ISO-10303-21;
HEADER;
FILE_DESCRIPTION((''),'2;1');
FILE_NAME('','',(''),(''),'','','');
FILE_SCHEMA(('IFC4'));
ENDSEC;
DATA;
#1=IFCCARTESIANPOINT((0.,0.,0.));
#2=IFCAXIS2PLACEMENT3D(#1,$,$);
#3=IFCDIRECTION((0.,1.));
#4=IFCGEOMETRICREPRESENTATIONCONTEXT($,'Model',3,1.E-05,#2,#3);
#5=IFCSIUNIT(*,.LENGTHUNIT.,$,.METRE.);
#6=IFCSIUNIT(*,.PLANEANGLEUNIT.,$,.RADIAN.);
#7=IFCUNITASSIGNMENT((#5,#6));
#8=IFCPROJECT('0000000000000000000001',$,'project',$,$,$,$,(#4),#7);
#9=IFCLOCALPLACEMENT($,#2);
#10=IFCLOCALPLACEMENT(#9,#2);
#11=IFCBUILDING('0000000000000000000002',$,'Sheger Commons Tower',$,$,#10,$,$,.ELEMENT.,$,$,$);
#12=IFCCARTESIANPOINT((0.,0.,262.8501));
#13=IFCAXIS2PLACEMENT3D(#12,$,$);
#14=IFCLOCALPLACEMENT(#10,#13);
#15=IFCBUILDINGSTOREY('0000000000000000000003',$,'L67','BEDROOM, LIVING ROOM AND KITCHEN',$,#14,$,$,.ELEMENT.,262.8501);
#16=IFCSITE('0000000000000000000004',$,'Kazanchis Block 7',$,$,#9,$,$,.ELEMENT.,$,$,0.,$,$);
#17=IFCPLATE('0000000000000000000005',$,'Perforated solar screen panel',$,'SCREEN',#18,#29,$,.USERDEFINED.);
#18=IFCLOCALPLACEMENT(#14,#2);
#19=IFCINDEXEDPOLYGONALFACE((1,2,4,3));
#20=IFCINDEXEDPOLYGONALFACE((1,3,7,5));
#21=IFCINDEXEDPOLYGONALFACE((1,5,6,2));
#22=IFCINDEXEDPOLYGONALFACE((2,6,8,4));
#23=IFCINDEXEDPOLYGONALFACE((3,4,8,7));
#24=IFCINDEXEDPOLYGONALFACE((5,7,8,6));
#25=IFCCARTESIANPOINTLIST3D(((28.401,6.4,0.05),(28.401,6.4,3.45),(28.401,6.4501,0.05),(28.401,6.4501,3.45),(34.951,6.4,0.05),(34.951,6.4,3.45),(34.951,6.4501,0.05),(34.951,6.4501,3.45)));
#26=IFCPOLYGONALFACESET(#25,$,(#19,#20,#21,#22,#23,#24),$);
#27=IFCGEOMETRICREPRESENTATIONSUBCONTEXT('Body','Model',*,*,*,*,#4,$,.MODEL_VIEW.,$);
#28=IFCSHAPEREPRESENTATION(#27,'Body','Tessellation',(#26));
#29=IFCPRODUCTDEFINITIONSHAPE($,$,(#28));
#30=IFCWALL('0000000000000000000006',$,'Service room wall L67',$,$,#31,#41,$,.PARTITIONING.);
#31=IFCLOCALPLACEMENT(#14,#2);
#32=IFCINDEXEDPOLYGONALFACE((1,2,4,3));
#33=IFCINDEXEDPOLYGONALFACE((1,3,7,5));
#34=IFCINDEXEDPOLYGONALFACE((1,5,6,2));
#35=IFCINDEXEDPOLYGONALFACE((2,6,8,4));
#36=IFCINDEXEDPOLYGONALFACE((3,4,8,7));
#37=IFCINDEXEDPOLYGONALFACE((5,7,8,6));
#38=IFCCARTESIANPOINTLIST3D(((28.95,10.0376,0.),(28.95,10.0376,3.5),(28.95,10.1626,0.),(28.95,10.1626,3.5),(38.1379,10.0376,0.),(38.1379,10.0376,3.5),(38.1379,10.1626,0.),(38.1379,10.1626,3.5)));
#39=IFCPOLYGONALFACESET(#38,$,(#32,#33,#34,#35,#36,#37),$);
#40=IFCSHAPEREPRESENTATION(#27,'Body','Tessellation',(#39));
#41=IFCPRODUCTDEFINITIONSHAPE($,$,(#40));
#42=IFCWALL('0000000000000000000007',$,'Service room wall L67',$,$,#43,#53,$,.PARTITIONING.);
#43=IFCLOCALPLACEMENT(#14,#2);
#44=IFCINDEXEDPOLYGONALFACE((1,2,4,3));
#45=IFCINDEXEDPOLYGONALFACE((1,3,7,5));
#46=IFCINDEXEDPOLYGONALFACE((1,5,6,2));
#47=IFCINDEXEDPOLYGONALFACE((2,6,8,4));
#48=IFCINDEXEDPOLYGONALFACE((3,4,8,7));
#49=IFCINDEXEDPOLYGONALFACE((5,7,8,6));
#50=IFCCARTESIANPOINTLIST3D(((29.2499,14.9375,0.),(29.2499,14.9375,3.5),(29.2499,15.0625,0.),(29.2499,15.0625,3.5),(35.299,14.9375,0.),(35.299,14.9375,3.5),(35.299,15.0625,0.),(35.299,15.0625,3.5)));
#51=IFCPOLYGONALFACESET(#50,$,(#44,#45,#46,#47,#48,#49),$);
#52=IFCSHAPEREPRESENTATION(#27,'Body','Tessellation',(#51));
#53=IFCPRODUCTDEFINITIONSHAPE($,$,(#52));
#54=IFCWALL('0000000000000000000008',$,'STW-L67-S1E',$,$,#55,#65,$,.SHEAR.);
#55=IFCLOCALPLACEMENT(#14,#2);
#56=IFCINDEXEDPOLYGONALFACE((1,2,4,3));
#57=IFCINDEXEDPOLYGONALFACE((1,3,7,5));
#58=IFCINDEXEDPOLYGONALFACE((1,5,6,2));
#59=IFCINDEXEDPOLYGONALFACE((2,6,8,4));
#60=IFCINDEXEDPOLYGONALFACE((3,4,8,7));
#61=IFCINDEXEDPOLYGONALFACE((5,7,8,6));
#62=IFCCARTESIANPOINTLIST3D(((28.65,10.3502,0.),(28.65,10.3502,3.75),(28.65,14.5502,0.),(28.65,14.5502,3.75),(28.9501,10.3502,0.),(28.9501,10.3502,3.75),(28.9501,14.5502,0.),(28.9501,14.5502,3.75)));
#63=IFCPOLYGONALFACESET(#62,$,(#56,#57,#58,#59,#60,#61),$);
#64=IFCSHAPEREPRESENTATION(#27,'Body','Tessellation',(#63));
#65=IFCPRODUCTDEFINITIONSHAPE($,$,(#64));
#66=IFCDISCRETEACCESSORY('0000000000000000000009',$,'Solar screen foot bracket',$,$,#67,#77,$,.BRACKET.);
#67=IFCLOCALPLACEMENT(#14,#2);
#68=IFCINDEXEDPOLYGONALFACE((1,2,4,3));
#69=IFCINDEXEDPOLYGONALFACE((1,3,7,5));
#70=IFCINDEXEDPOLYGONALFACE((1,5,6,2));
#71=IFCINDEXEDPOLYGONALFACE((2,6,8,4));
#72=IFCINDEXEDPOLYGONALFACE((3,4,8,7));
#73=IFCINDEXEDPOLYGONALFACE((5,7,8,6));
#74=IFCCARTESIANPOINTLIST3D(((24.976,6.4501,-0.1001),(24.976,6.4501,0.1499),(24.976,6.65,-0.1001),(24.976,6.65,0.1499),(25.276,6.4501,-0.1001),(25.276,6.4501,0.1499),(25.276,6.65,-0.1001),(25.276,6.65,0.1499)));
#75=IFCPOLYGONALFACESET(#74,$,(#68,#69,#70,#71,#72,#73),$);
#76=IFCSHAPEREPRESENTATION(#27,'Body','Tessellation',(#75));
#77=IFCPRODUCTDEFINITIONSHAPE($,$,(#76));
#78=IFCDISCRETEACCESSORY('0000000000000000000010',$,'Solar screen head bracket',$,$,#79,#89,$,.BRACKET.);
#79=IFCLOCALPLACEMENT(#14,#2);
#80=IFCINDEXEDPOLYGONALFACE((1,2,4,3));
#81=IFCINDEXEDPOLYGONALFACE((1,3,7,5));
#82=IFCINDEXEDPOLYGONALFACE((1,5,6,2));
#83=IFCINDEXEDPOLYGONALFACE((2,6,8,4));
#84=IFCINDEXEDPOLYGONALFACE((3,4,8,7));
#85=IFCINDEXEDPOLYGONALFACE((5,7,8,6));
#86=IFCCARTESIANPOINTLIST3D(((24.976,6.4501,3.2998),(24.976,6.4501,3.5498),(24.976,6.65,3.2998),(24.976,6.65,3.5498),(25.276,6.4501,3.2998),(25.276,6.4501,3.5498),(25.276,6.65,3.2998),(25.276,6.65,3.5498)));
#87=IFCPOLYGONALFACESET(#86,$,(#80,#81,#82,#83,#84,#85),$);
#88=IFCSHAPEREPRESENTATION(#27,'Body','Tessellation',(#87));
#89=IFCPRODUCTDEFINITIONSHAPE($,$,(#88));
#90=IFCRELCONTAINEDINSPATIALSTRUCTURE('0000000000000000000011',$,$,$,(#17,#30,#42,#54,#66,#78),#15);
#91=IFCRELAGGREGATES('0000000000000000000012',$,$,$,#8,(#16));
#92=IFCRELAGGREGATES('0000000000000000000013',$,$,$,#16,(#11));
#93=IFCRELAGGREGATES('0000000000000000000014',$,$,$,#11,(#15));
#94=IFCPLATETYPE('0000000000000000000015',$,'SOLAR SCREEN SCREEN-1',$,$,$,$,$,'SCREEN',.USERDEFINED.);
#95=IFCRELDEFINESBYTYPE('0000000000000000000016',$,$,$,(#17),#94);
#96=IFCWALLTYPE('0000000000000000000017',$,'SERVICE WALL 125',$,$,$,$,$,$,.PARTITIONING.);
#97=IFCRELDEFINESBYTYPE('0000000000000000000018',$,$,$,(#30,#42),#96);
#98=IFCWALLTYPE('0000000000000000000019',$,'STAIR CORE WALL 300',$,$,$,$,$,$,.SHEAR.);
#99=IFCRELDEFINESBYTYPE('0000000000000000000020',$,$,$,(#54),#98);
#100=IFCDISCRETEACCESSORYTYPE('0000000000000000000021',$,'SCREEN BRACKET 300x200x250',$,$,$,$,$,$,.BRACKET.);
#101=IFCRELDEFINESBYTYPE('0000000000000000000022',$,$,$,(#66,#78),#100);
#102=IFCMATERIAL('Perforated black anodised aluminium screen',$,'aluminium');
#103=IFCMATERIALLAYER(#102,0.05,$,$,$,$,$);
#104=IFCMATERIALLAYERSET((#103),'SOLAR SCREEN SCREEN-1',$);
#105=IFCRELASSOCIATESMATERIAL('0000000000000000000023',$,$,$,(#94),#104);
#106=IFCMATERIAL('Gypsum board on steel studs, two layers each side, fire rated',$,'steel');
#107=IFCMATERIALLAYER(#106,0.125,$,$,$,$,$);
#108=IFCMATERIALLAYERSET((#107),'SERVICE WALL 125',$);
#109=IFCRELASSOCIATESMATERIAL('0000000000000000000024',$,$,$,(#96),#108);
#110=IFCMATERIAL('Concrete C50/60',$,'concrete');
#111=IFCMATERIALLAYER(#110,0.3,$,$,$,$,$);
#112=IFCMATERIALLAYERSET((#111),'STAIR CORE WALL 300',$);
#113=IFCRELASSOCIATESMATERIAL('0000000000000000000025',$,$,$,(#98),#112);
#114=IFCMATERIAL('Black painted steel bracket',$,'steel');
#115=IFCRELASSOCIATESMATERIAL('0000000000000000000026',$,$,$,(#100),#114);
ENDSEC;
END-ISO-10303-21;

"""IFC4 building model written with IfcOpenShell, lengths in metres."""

from ifc_helpers import new_model, si_unit, direction, frame, frame_2d, origin, origin_2d, place, context, subcontext, project, spatial, rectangle, extrude, material, layer, layer_set, type_object, element, save


model = new_model("IFC4")

# Units and contexts
model_context = context("Model", 3, precision=1e-05, world=origin(), true_north=direction((0.0, 1.0)))
body_context = subcontext(model_context, "Body", "Model", "MODEL_VIEW")
ifc_project = project(units=[si_unit("LENGTHUNIT", "METRE"), si_unit("PLANEANGLEUNIT", "RADIAN")], contexts=[model_context])

# Site, building, storey
site_placement = place(None, origin())
site = spatial("IfcSite", under=ifc_project, at=site_placement, Name="Kazanchis Block 7", CompositionType="ELEMENT", RefElevation=0.0)
building_placement = place(site_placement, origin())
building = spatial("IfcBuilding", under=site, at=building_placement, Name="Sheger Commons Tower", CompositionType="ELEMENT")
storey_placement = place(building_placement, frame((0.0, 0.0, 262.8501)))
storey = spatial("IfcBuildingStorey", under=building, at=storey_placement, Name="L67", Description="BEDROOM, LIVING ROOM AND KITCHEN", CompositionType="ELEMENT", Elevation=262.8501)

# Plate
ifc_material_1 = material(Name="Perforated black anodised aluminium screen", Category="aluminium")
ifc_layer_1 = layer(ifc_material_1, 0.05)
ifc_layer_set_1 = layer_set([ifc_layer_1], Name="SOLAR SCREEN SCREEN-1")
plate_type_1 = type_object("IfcPlateType", Name="SOLAR SCREEN SCREEN-1", ElementType="SCREEN", PredefinedType="USERDEFINED", material=ifc_layer_set_1)
for number, where, z_axis, x_axis, name in (
    (1, (31.676, 6.425, 0.05), (0.0, 0.0, 1.0), (1.0, 0.0, 0.0), "Perforated solar screen panel"),
):
    element("IfcPlate", number, at=place(storey_placement, frame(where, z_axis=z_axis, x_axis=x_axis)), inside=storey, type_object=plate_type_1, Name=name, ObjectType="SCREEN", PredefinedType="USERDEFINED", context=body_context, shape_type="SweptSolid", body=[
        extrude(rectangle(XDim=6.55, YDim=0.05, at=origin_2d()), origin(), (0.0, 0.0, 1.0), 3.3999),
    ])

# Walls
ifc_material_2 = material(Name="Gypsum board on steel studs, two layers each side, fire rated", Category="steel")
ifc_layer_2 = layer(ifc_material_2, 0.125)
ifc_layer_set_2 = layer_set([ifc_layer_2], Name="SERVICE WALL 125")
wall_type_1 = type_object("IfcWallType", Name="SERVICE WALL 125", PredefinedType="PARTITIONING", material=ifc_layer_set_2)
wall_1_placement = place(storey_placement, frame((28.95, 10.1001, 0.0), z_axis=(0.0, 0.0, 1.0), x_axis=(1.0, 0.0, 0.0)))
element("IfcWall", 2, at=wall_1_placement, inside=storey, type_object=wall_type_1, Name="Service room wall L67", PredefinedType="PARTITIONING", context=body_context, shape_type="SweptSolid", body=[
    extrude(rectangle(XDim=9.188, YDim=0.125, at=frame_2d((4.594, 0.0))), origin(), (0.0, 0.0, 1.0), 3.5),
])
wall_2_placement = place(storey_placement, frame((29.25, 15.0, 0.0), z_axis=(0.0, 0.0, 1.0), x_axis=(1.0, 0.0, 0.0)))
element("IfcWall", 3, at=wall_2_placement, inside=storey, type_object=wall_type_1, Name="Service room wall L67", PredefinedType="PARTITIONING", context=body_context, shape_type="SweptSolid", body=[
    extrude(rectangle(XDim=6.0491, YDim=0.125, at=frame_2d((3.0244, 0.0))), origin(), (0.0, 0.0, 1.0), 3.5),
])
ifc_material_3 = material(Name="Concrete C50/60", Category="concrete")
ifc_layer_3 = layer(ifc_material_3, 0.3)
ifc_layer_set_3 = layer_set([ifc_layer_3], Name="STAIR CORE WALL 300")
wall_type_2 = type_object("IfcWallType", Name="STAIR CORE WALL 300", PredefinedType="SHEAR", material=ifc_layer_set_3)
wall_3_placement = place(storey_placement, frame((28.8, 10.3501, 0.0), z_axis=(0.0, 0.0, 1.0), x_axis=(0.0, 1.0, 0.0)))
element("IfcWall", 4, at=wall_3_placement, inside=storey, type_object=wall_type_2, Name="STW-L67-S1E", PredefinedType="SHEAR", context=body_context, shape_type="SweptSolid", body=[
    extrude(rectangle(XDim=4.2, YDim=0.3, at=frame_2d((2.1001, 0.0))), origin(), (0.0, 0.0, 1.0), 3.75),
])

# Discrete accessories
ifc_material_4 = material(Name="Black painted steel bracket", Category="steel")
discrete_accessory_type = type_object("IfcDiscreteAccessoryType", Name="SCREEN BRACKET 300x200x250", PredefinedType="BRACKET", material=ifc_material_4)
for number, where, z_axis, x_axis, name in (
    (5, (25.126, 6.55, -0.1001), (0.0, 0.0, 1.0), (1.0, 0.0, 0.0), "Solar screen foot bracket"),
    (6, (25.126, 6.55, 3.2998), (0.0, 0.0, 1.0), (1.0, 0.0, 0.0), "Solar screen head bracket"),
):
    element("IfcDiscreteAccessory", number, at=place(storey_placement, frame(where, z_axis=z_axis, x_axis=x_axis)), inside=storey, type_object=discrete_accessory_type, Name=name, PredefinedType="BRACKET", context=body_context, shape_type="SweptSolid", body=[
        extrude(rectangle(XDim=0.3, YDim=0.2, at=origin_2d()), origin(), (0.0, 0.0, 1.0), 0.25),
    ])

save(model, "model.ifc")
